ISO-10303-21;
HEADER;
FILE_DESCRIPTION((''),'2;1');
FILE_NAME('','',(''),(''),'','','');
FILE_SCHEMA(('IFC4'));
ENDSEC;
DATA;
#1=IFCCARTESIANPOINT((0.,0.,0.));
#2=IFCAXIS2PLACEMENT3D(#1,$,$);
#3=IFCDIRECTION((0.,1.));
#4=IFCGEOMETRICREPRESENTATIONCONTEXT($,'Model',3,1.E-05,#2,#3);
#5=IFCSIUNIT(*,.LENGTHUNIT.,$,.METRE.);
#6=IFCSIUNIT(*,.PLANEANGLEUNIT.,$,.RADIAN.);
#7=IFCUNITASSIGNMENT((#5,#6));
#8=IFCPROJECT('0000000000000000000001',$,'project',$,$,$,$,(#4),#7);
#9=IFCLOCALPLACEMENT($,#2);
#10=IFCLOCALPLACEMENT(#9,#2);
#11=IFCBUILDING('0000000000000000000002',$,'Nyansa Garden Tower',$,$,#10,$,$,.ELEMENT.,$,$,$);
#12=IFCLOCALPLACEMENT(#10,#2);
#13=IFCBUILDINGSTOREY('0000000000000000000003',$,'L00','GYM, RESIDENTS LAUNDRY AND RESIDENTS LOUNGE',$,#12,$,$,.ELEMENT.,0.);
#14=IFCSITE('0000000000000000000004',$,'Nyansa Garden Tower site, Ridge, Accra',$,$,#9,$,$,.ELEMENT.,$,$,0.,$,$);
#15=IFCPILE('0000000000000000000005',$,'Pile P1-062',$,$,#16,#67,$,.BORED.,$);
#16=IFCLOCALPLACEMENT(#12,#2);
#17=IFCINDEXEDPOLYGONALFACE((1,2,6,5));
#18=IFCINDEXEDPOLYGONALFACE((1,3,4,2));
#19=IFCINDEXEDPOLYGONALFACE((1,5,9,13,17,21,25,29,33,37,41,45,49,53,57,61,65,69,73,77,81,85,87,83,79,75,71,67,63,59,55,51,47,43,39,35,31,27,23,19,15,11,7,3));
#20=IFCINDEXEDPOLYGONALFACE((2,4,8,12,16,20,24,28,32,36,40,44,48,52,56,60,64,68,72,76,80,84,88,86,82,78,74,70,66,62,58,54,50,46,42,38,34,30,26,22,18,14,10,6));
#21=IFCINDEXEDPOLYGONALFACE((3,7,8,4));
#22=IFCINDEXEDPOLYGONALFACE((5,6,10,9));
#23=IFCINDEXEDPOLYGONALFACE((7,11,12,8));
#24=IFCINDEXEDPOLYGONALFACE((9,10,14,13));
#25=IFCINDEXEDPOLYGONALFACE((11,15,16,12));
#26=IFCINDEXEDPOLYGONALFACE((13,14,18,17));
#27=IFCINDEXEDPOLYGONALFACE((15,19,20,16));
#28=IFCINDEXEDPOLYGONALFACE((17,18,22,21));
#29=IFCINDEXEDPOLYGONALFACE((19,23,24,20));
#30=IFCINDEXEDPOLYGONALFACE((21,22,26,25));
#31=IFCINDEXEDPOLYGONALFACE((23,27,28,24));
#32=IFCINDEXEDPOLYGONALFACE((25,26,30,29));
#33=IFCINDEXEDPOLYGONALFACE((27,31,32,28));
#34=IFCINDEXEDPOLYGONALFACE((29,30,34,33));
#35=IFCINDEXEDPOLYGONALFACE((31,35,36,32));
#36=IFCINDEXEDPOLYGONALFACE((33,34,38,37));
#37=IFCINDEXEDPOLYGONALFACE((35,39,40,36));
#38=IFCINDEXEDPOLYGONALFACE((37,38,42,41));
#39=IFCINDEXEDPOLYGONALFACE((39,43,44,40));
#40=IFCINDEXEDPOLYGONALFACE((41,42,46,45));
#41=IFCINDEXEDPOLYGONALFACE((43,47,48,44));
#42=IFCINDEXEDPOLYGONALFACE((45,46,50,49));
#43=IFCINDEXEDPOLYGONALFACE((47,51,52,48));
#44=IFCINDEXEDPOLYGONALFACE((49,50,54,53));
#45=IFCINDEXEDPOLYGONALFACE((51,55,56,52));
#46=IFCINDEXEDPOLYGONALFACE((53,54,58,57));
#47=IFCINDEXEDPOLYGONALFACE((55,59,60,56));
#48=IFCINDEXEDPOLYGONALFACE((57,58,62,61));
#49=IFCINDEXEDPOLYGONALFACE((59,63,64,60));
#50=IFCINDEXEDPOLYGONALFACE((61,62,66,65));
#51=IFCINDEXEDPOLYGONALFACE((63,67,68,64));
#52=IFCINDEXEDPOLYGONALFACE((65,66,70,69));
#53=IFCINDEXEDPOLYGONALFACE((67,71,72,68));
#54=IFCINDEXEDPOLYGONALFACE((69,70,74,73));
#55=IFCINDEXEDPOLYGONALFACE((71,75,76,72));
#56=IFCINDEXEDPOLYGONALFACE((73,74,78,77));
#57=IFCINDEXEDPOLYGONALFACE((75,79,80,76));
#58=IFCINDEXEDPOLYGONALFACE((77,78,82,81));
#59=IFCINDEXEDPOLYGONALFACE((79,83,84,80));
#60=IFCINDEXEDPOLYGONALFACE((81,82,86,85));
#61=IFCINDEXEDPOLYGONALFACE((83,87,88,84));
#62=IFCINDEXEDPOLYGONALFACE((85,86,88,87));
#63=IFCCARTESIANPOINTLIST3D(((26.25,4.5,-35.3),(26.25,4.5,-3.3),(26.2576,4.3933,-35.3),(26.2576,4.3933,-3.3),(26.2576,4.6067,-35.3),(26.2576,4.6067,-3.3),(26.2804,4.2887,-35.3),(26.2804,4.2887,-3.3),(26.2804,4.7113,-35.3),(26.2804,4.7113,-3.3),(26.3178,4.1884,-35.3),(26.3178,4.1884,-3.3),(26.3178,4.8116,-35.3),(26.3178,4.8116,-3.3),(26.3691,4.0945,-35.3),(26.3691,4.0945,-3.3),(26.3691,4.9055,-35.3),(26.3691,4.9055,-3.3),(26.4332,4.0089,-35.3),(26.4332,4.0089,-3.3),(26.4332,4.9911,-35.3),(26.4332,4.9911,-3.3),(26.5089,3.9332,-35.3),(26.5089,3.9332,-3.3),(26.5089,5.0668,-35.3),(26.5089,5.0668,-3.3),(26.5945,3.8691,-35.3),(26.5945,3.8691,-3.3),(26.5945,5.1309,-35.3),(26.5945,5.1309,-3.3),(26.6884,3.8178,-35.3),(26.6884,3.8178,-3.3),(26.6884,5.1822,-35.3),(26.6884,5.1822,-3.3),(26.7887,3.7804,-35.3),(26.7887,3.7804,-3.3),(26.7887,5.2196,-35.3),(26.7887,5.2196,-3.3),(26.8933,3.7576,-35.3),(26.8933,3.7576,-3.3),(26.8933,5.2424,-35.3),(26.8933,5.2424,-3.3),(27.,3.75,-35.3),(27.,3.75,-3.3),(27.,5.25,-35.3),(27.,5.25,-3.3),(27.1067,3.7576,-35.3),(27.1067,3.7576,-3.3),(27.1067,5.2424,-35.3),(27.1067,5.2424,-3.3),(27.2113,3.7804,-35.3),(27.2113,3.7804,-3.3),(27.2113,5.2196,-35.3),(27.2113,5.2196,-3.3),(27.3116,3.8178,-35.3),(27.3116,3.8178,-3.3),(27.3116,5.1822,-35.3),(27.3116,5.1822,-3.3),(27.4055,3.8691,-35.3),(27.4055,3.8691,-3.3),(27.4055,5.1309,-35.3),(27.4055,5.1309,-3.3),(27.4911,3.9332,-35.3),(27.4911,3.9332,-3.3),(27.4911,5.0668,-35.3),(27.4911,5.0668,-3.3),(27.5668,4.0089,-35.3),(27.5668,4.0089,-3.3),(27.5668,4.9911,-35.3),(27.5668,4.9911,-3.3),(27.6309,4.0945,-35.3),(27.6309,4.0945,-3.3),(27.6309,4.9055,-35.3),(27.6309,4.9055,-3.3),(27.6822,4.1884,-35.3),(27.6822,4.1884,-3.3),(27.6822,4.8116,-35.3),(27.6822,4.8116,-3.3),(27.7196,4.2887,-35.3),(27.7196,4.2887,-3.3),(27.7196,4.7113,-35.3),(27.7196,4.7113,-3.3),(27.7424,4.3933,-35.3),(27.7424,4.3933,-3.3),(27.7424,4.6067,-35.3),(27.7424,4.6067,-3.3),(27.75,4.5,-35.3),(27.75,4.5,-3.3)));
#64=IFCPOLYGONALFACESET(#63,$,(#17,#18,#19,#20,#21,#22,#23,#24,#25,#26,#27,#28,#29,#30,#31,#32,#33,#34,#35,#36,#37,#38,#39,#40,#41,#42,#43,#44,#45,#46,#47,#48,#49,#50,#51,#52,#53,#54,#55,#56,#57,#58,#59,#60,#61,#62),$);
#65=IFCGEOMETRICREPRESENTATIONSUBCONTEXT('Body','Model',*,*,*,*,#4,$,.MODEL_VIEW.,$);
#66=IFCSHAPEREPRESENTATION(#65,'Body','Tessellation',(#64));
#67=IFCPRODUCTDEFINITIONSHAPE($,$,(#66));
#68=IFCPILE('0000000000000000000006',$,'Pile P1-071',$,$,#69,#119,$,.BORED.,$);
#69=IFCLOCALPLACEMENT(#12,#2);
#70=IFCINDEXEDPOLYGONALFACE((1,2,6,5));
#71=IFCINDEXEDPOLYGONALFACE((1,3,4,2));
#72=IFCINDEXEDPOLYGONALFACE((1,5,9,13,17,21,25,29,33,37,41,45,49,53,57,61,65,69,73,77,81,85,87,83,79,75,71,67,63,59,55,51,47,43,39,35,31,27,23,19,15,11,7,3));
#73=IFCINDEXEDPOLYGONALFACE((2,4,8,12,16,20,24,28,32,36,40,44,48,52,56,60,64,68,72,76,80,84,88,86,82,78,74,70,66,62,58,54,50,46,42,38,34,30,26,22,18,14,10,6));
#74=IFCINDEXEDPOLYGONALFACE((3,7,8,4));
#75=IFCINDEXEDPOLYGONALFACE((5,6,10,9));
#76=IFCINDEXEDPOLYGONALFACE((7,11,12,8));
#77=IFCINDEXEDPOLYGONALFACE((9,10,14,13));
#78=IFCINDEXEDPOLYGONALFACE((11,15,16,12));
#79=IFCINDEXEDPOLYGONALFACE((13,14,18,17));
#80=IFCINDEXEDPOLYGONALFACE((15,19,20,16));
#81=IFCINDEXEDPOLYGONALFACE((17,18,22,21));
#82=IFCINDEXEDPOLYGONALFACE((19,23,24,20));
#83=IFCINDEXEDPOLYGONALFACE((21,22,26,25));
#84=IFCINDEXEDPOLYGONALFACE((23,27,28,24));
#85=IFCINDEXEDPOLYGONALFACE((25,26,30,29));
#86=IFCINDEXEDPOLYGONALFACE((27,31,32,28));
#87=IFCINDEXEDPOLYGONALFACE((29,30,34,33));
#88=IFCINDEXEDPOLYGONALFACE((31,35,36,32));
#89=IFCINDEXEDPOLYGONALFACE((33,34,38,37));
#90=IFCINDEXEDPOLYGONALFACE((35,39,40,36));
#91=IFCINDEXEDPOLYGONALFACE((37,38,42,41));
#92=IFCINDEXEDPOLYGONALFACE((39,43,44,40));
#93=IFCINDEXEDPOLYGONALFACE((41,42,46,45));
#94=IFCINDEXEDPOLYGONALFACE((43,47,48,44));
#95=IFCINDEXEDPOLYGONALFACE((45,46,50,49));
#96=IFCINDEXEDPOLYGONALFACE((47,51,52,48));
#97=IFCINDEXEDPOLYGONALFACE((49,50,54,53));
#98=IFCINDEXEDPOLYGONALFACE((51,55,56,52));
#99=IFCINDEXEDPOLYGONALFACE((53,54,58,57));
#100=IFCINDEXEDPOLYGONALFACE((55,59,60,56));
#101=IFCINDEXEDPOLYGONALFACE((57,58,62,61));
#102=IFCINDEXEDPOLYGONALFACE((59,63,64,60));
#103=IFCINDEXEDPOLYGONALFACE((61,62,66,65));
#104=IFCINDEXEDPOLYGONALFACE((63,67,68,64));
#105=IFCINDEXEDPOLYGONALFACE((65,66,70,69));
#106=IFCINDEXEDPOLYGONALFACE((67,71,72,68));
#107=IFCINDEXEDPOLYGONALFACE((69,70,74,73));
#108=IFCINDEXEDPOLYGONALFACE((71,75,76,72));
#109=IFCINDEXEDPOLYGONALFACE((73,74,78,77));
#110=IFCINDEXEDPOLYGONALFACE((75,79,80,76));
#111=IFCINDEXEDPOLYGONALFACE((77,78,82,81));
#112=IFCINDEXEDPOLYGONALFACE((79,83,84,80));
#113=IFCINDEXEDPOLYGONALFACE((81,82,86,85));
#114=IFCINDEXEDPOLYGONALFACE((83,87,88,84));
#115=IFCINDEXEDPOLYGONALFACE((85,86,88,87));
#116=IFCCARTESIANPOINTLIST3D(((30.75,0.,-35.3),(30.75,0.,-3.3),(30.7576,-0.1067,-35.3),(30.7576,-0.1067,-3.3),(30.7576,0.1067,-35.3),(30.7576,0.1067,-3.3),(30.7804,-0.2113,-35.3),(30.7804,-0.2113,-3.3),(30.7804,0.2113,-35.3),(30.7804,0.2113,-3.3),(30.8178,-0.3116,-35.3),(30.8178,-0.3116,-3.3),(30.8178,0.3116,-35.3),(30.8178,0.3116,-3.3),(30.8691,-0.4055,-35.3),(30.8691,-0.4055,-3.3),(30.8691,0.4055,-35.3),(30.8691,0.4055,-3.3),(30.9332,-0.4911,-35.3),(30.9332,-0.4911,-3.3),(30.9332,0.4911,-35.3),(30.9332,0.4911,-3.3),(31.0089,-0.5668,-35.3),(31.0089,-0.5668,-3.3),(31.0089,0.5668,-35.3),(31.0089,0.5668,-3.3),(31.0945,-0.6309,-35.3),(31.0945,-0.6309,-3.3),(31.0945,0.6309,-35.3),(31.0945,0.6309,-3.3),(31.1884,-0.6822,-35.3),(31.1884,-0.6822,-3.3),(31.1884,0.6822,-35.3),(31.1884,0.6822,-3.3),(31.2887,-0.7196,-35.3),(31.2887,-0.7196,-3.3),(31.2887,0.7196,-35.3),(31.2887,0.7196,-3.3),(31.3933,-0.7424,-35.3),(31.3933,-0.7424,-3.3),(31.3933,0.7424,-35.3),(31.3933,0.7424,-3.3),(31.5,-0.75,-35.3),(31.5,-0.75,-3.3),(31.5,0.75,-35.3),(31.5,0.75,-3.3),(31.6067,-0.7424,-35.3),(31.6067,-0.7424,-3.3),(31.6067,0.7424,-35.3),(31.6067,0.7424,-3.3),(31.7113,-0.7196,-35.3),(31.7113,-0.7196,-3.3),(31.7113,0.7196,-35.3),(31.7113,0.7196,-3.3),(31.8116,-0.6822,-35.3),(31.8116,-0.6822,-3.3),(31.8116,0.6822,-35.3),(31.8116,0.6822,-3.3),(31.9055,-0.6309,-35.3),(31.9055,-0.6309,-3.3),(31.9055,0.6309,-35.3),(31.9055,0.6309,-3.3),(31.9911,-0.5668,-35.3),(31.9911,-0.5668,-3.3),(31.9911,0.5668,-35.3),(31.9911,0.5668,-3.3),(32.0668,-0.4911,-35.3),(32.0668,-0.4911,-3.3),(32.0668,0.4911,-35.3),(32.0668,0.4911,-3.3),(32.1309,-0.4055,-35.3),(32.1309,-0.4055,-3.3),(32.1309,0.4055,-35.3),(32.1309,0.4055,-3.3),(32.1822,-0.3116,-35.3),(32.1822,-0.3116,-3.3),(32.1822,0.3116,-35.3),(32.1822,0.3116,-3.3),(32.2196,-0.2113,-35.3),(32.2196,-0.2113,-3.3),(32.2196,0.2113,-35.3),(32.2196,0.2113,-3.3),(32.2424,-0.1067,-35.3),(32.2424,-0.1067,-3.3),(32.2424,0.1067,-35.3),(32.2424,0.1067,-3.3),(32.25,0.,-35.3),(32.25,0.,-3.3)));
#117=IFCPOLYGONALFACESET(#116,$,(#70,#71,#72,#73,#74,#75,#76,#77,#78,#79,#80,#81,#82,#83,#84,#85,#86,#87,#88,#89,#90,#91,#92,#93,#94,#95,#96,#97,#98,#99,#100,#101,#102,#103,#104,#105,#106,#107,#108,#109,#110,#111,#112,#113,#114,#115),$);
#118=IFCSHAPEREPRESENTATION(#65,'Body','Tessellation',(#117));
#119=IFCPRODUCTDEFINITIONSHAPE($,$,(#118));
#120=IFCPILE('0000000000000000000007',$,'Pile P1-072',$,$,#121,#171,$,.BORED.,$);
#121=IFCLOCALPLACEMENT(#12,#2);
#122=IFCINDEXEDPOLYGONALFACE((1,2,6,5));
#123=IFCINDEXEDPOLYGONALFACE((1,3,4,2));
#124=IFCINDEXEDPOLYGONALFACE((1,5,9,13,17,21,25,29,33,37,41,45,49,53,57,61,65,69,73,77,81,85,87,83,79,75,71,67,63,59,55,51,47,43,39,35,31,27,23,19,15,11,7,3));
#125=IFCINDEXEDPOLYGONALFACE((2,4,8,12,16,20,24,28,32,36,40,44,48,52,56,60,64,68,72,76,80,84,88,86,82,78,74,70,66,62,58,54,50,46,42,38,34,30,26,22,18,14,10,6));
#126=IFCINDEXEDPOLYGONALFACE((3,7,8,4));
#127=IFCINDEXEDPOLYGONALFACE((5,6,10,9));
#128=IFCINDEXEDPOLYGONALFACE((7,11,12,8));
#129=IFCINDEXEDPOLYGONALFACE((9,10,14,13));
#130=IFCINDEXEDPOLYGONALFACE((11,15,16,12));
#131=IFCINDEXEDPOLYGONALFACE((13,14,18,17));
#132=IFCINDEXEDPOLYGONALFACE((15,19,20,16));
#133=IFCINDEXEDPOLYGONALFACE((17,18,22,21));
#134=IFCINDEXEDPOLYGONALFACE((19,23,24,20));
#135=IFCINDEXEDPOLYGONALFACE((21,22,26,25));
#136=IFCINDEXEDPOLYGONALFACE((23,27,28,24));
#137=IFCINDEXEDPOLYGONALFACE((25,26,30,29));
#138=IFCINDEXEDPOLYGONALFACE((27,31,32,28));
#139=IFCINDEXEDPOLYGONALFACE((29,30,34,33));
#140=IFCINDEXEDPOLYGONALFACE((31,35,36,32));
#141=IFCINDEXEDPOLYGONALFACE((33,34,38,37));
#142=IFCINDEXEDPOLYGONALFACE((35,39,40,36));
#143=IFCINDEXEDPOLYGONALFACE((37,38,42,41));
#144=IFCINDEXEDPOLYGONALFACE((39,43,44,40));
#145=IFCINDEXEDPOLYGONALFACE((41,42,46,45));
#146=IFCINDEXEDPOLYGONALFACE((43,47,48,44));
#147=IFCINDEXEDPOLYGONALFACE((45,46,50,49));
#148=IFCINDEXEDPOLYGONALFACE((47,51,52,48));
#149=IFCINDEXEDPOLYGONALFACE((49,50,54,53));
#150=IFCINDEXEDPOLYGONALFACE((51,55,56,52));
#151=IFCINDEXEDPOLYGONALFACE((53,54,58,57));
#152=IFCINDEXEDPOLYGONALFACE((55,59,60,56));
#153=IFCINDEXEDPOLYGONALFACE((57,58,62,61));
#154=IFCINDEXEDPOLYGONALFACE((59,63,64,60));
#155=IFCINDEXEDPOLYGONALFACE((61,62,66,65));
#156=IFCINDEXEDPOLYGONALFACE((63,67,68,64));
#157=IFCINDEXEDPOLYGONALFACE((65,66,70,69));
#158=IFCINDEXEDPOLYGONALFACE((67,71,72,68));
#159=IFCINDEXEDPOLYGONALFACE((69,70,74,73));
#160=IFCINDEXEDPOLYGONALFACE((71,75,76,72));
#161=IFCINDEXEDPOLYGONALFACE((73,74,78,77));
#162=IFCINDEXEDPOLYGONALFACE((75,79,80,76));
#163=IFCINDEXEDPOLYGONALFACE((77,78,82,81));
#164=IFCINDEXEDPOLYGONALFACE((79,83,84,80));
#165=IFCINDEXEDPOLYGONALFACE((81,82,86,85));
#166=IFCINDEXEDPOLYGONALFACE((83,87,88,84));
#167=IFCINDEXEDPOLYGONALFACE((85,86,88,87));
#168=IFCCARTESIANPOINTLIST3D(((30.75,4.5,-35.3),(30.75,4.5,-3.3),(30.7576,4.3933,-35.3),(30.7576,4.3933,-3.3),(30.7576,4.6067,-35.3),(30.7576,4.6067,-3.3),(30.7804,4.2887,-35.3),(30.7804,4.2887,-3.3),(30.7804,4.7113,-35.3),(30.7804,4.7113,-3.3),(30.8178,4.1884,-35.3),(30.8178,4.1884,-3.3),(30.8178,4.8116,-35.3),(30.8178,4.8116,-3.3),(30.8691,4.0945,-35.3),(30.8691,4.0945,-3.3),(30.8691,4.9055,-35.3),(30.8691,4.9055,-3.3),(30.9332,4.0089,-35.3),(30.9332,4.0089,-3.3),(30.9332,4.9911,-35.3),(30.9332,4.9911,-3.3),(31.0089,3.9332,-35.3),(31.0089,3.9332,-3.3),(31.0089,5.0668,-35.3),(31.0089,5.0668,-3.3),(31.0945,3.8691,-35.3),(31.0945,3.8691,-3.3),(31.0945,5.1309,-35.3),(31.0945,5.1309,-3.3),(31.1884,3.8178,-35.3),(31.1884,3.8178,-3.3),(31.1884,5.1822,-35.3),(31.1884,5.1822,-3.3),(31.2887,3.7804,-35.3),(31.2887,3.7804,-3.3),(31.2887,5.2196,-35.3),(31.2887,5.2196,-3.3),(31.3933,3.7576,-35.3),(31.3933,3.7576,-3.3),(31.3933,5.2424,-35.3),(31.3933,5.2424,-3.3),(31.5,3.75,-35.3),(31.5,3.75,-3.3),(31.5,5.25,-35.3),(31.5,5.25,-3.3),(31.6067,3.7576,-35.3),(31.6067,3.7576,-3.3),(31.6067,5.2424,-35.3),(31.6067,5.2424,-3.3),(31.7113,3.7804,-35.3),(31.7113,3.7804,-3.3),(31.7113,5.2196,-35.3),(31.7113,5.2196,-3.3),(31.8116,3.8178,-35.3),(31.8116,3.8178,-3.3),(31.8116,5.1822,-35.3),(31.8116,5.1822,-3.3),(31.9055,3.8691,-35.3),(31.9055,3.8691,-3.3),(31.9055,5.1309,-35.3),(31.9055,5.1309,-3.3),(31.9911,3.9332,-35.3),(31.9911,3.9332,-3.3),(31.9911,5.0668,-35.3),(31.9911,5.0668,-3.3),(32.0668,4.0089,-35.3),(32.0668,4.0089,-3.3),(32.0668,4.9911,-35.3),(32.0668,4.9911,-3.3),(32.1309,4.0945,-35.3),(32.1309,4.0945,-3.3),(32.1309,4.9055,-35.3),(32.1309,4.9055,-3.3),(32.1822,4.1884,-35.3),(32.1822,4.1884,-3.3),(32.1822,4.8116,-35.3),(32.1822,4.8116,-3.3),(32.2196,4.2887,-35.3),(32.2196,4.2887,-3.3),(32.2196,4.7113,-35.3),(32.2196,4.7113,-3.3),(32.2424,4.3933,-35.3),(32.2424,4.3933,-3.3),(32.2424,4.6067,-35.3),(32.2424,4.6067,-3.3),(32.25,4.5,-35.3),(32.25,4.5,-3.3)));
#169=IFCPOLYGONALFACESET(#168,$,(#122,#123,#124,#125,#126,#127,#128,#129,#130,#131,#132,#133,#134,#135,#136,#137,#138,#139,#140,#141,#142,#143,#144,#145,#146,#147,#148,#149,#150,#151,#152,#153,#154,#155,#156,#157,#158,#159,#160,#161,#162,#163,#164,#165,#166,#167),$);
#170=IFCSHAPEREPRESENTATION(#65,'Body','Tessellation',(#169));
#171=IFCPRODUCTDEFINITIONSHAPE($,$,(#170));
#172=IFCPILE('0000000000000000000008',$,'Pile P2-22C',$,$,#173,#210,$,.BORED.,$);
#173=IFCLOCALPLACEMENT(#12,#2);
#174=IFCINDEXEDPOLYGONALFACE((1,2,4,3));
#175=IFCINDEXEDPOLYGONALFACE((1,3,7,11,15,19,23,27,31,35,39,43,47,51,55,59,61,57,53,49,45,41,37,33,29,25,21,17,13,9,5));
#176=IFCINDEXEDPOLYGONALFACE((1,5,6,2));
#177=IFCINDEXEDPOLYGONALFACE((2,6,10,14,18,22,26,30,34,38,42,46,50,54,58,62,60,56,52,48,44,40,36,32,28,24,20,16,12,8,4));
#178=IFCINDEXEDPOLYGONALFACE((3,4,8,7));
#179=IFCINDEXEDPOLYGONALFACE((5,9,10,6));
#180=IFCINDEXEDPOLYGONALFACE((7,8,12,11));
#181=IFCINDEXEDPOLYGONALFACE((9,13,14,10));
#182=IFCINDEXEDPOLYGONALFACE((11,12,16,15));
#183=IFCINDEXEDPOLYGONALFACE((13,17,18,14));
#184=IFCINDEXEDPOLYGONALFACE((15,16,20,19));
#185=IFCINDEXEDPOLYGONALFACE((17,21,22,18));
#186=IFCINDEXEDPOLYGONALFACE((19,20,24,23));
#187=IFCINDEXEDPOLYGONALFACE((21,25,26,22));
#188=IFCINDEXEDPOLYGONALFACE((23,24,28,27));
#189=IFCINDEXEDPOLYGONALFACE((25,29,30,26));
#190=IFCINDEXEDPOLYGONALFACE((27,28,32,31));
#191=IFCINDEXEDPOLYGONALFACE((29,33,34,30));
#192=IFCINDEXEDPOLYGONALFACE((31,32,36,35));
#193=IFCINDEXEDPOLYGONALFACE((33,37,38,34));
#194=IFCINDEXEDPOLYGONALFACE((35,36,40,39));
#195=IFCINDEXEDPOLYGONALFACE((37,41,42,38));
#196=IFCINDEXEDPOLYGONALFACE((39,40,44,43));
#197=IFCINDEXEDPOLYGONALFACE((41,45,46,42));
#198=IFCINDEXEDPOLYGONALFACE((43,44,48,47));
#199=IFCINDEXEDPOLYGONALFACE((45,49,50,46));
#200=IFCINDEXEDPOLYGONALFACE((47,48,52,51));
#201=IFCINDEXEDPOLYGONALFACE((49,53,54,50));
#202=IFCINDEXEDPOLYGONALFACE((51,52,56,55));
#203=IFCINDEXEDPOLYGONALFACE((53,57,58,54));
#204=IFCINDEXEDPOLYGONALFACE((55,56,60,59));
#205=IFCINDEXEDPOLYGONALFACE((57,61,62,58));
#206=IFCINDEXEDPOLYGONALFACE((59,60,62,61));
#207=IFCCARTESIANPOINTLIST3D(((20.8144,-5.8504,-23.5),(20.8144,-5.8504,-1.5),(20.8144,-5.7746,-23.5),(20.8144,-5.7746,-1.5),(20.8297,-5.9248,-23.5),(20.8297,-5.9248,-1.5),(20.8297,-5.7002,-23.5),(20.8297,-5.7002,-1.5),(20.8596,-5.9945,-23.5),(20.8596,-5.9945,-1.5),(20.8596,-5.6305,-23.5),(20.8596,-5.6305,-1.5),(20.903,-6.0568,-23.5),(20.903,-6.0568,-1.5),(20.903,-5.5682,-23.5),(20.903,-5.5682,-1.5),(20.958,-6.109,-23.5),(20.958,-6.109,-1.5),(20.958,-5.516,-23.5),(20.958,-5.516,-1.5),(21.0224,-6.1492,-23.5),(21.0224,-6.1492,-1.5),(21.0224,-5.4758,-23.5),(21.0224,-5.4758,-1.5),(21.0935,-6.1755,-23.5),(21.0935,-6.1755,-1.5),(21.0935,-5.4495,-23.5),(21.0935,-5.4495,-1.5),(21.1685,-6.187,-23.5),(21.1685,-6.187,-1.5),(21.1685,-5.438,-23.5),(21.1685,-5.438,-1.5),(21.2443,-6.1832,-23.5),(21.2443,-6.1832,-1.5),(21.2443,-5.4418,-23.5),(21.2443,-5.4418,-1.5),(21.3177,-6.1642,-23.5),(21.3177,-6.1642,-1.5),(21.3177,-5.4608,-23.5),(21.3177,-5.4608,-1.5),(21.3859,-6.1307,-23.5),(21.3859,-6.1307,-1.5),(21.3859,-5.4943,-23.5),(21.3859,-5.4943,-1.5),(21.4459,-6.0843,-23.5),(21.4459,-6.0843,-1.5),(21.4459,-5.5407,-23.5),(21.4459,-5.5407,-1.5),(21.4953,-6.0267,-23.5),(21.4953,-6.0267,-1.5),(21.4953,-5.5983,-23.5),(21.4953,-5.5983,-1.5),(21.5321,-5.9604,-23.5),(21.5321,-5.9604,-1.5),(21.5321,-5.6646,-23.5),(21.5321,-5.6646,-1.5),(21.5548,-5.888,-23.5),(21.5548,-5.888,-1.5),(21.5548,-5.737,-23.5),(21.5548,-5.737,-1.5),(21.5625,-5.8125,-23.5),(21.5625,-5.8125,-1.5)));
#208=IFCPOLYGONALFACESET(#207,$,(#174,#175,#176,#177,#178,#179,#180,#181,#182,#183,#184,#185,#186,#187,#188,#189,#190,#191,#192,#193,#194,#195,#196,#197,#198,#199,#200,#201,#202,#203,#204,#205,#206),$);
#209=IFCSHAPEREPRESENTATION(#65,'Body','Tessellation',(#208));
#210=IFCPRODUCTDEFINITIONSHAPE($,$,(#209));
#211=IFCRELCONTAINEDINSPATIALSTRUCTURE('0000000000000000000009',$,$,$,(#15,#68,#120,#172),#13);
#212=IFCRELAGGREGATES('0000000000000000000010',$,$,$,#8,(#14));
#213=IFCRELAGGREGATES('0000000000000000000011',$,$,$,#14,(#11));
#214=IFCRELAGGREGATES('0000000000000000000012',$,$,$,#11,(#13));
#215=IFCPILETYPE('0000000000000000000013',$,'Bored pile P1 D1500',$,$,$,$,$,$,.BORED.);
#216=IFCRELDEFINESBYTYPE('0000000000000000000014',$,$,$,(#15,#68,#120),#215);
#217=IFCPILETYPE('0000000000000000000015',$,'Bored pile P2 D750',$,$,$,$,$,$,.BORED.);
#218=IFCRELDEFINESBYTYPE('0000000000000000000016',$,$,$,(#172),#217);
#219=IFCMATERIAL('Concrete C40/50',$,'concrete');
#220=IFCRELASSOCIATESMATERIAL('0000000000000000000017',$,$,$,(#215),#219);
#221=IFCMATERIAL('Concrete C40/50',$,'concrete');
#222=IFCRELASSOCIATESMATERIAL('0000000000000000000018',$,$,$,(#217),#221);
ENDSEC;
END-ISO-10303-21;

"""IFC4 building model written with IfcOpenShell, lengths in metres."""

from ifc_helpers import new_model, si_unit, direction, frame, origin, origin_2d, place, context, subcontext, project, spatial, circle, extrude, material, type_object, element, save


model = new_model("IFC4")

# Units and contexts
model_context = context("Model", 3, precision=1e-05, world=origin(), true_north=direction((0.0, 1.0)))
body_context = subcontext(model_context, "Body", "Model", "MODEL_VIEW")
ifc_project = project(units=[si_unit("LENGTHUNIT", "METRE"), si_unit("PLANEANGLEUNIT", "RADIAN")], contexts=[model_context])

# Site, building, storey
site_placement = place(None, origin())
site = spatial("IfcSite", under=ifc_project, at=site_placement, Name="Nyansa Garden Tower site, Ridge, Accra", CompositionType="ELEMENT", RefElevation=0.0)
building_placement = place(site_placement, origin())
building = spatial("IfcBuilding", under=site, at=building_placement, Name="Nyansa Garden Tower", CompositionType="ELEMENT")
storey_placement = place(building_placement, origin())
storey = spatial("IfcBuildingStorey", under=building, at=storey_placement, Name="L00", Description="GYM, RESIDENTS LAUNDRY AND RESIDENTS LOUNGE", CompositionType="ELEMENT", Elevation=0.0)

# Piles
ifc_material_1 = material(Name="Concrete C40/50", Category="concrete")
pile_type_1 = type_object("IfcPileType", Name="Bored pile P1 D1500", PredefinedType="BORED", material=ifc_material_1)
for number, where, z_axis, x_axis, name in (
    (1, (27.0, 4.5, -3.3), (0.0, 0.0, -1.0), (1.0, 0.0, 0.0), "Pile P1-062"),
    (2, (31.5, 0.0, -3.3), (0.0, 0.0, -1.0), (1.0, 0.0, 0.0), "Pile P1-071"),
    (3, (31.5, 4.5, -3.3), (0.0, 0.0, -1.0), (1.0, 0.0, 0.0), "Pile P1-072"),
):
    element("IfcPile", number, at=place(storey_placement, frame(where, z_axis=z_axis, x_axis=x_axis)), inside=storey, type_object=pile_type_1, Name=name, PredefinedType="BORED", context=body_context, shape_type="SweptSolid", body=[
        extrude(circle(Radius=0.75, at=origin_2d()), origin(), (0.0, 0.0, 1.0), 32.0),
    ])
ifc_material_2 = material(Name="Concrete C40/50", Category="concrete")
pile_type_2 = type_object("IfcPileType", Name="Bored pile P2 D750", PredefinedType="BORED", material=ifc_material_2)
for number, where, z_axis, x_axis, name in (
    (4, (21.1875, -5.8125, -1.5), (0.0, 0.0, -1.0), (1.0, 0.0, 0.0), "Pile P2-22C"),
):
    element("IfcPile", number, at=place(storey_placement, frame(where, z_axis=z_axis, x_axis=x_axis)), inside=storey, type_object=pile_type_2, Name=name, PredefinedType="BORED", context=body_context, shape_type="SweptSolid", body=[
        extrude(circle(Radius=0.375, at=origin_2d()), origin(), (0.0, 0.0, 1.0), 22.0),
    ])

save(model, "model.ifc")
